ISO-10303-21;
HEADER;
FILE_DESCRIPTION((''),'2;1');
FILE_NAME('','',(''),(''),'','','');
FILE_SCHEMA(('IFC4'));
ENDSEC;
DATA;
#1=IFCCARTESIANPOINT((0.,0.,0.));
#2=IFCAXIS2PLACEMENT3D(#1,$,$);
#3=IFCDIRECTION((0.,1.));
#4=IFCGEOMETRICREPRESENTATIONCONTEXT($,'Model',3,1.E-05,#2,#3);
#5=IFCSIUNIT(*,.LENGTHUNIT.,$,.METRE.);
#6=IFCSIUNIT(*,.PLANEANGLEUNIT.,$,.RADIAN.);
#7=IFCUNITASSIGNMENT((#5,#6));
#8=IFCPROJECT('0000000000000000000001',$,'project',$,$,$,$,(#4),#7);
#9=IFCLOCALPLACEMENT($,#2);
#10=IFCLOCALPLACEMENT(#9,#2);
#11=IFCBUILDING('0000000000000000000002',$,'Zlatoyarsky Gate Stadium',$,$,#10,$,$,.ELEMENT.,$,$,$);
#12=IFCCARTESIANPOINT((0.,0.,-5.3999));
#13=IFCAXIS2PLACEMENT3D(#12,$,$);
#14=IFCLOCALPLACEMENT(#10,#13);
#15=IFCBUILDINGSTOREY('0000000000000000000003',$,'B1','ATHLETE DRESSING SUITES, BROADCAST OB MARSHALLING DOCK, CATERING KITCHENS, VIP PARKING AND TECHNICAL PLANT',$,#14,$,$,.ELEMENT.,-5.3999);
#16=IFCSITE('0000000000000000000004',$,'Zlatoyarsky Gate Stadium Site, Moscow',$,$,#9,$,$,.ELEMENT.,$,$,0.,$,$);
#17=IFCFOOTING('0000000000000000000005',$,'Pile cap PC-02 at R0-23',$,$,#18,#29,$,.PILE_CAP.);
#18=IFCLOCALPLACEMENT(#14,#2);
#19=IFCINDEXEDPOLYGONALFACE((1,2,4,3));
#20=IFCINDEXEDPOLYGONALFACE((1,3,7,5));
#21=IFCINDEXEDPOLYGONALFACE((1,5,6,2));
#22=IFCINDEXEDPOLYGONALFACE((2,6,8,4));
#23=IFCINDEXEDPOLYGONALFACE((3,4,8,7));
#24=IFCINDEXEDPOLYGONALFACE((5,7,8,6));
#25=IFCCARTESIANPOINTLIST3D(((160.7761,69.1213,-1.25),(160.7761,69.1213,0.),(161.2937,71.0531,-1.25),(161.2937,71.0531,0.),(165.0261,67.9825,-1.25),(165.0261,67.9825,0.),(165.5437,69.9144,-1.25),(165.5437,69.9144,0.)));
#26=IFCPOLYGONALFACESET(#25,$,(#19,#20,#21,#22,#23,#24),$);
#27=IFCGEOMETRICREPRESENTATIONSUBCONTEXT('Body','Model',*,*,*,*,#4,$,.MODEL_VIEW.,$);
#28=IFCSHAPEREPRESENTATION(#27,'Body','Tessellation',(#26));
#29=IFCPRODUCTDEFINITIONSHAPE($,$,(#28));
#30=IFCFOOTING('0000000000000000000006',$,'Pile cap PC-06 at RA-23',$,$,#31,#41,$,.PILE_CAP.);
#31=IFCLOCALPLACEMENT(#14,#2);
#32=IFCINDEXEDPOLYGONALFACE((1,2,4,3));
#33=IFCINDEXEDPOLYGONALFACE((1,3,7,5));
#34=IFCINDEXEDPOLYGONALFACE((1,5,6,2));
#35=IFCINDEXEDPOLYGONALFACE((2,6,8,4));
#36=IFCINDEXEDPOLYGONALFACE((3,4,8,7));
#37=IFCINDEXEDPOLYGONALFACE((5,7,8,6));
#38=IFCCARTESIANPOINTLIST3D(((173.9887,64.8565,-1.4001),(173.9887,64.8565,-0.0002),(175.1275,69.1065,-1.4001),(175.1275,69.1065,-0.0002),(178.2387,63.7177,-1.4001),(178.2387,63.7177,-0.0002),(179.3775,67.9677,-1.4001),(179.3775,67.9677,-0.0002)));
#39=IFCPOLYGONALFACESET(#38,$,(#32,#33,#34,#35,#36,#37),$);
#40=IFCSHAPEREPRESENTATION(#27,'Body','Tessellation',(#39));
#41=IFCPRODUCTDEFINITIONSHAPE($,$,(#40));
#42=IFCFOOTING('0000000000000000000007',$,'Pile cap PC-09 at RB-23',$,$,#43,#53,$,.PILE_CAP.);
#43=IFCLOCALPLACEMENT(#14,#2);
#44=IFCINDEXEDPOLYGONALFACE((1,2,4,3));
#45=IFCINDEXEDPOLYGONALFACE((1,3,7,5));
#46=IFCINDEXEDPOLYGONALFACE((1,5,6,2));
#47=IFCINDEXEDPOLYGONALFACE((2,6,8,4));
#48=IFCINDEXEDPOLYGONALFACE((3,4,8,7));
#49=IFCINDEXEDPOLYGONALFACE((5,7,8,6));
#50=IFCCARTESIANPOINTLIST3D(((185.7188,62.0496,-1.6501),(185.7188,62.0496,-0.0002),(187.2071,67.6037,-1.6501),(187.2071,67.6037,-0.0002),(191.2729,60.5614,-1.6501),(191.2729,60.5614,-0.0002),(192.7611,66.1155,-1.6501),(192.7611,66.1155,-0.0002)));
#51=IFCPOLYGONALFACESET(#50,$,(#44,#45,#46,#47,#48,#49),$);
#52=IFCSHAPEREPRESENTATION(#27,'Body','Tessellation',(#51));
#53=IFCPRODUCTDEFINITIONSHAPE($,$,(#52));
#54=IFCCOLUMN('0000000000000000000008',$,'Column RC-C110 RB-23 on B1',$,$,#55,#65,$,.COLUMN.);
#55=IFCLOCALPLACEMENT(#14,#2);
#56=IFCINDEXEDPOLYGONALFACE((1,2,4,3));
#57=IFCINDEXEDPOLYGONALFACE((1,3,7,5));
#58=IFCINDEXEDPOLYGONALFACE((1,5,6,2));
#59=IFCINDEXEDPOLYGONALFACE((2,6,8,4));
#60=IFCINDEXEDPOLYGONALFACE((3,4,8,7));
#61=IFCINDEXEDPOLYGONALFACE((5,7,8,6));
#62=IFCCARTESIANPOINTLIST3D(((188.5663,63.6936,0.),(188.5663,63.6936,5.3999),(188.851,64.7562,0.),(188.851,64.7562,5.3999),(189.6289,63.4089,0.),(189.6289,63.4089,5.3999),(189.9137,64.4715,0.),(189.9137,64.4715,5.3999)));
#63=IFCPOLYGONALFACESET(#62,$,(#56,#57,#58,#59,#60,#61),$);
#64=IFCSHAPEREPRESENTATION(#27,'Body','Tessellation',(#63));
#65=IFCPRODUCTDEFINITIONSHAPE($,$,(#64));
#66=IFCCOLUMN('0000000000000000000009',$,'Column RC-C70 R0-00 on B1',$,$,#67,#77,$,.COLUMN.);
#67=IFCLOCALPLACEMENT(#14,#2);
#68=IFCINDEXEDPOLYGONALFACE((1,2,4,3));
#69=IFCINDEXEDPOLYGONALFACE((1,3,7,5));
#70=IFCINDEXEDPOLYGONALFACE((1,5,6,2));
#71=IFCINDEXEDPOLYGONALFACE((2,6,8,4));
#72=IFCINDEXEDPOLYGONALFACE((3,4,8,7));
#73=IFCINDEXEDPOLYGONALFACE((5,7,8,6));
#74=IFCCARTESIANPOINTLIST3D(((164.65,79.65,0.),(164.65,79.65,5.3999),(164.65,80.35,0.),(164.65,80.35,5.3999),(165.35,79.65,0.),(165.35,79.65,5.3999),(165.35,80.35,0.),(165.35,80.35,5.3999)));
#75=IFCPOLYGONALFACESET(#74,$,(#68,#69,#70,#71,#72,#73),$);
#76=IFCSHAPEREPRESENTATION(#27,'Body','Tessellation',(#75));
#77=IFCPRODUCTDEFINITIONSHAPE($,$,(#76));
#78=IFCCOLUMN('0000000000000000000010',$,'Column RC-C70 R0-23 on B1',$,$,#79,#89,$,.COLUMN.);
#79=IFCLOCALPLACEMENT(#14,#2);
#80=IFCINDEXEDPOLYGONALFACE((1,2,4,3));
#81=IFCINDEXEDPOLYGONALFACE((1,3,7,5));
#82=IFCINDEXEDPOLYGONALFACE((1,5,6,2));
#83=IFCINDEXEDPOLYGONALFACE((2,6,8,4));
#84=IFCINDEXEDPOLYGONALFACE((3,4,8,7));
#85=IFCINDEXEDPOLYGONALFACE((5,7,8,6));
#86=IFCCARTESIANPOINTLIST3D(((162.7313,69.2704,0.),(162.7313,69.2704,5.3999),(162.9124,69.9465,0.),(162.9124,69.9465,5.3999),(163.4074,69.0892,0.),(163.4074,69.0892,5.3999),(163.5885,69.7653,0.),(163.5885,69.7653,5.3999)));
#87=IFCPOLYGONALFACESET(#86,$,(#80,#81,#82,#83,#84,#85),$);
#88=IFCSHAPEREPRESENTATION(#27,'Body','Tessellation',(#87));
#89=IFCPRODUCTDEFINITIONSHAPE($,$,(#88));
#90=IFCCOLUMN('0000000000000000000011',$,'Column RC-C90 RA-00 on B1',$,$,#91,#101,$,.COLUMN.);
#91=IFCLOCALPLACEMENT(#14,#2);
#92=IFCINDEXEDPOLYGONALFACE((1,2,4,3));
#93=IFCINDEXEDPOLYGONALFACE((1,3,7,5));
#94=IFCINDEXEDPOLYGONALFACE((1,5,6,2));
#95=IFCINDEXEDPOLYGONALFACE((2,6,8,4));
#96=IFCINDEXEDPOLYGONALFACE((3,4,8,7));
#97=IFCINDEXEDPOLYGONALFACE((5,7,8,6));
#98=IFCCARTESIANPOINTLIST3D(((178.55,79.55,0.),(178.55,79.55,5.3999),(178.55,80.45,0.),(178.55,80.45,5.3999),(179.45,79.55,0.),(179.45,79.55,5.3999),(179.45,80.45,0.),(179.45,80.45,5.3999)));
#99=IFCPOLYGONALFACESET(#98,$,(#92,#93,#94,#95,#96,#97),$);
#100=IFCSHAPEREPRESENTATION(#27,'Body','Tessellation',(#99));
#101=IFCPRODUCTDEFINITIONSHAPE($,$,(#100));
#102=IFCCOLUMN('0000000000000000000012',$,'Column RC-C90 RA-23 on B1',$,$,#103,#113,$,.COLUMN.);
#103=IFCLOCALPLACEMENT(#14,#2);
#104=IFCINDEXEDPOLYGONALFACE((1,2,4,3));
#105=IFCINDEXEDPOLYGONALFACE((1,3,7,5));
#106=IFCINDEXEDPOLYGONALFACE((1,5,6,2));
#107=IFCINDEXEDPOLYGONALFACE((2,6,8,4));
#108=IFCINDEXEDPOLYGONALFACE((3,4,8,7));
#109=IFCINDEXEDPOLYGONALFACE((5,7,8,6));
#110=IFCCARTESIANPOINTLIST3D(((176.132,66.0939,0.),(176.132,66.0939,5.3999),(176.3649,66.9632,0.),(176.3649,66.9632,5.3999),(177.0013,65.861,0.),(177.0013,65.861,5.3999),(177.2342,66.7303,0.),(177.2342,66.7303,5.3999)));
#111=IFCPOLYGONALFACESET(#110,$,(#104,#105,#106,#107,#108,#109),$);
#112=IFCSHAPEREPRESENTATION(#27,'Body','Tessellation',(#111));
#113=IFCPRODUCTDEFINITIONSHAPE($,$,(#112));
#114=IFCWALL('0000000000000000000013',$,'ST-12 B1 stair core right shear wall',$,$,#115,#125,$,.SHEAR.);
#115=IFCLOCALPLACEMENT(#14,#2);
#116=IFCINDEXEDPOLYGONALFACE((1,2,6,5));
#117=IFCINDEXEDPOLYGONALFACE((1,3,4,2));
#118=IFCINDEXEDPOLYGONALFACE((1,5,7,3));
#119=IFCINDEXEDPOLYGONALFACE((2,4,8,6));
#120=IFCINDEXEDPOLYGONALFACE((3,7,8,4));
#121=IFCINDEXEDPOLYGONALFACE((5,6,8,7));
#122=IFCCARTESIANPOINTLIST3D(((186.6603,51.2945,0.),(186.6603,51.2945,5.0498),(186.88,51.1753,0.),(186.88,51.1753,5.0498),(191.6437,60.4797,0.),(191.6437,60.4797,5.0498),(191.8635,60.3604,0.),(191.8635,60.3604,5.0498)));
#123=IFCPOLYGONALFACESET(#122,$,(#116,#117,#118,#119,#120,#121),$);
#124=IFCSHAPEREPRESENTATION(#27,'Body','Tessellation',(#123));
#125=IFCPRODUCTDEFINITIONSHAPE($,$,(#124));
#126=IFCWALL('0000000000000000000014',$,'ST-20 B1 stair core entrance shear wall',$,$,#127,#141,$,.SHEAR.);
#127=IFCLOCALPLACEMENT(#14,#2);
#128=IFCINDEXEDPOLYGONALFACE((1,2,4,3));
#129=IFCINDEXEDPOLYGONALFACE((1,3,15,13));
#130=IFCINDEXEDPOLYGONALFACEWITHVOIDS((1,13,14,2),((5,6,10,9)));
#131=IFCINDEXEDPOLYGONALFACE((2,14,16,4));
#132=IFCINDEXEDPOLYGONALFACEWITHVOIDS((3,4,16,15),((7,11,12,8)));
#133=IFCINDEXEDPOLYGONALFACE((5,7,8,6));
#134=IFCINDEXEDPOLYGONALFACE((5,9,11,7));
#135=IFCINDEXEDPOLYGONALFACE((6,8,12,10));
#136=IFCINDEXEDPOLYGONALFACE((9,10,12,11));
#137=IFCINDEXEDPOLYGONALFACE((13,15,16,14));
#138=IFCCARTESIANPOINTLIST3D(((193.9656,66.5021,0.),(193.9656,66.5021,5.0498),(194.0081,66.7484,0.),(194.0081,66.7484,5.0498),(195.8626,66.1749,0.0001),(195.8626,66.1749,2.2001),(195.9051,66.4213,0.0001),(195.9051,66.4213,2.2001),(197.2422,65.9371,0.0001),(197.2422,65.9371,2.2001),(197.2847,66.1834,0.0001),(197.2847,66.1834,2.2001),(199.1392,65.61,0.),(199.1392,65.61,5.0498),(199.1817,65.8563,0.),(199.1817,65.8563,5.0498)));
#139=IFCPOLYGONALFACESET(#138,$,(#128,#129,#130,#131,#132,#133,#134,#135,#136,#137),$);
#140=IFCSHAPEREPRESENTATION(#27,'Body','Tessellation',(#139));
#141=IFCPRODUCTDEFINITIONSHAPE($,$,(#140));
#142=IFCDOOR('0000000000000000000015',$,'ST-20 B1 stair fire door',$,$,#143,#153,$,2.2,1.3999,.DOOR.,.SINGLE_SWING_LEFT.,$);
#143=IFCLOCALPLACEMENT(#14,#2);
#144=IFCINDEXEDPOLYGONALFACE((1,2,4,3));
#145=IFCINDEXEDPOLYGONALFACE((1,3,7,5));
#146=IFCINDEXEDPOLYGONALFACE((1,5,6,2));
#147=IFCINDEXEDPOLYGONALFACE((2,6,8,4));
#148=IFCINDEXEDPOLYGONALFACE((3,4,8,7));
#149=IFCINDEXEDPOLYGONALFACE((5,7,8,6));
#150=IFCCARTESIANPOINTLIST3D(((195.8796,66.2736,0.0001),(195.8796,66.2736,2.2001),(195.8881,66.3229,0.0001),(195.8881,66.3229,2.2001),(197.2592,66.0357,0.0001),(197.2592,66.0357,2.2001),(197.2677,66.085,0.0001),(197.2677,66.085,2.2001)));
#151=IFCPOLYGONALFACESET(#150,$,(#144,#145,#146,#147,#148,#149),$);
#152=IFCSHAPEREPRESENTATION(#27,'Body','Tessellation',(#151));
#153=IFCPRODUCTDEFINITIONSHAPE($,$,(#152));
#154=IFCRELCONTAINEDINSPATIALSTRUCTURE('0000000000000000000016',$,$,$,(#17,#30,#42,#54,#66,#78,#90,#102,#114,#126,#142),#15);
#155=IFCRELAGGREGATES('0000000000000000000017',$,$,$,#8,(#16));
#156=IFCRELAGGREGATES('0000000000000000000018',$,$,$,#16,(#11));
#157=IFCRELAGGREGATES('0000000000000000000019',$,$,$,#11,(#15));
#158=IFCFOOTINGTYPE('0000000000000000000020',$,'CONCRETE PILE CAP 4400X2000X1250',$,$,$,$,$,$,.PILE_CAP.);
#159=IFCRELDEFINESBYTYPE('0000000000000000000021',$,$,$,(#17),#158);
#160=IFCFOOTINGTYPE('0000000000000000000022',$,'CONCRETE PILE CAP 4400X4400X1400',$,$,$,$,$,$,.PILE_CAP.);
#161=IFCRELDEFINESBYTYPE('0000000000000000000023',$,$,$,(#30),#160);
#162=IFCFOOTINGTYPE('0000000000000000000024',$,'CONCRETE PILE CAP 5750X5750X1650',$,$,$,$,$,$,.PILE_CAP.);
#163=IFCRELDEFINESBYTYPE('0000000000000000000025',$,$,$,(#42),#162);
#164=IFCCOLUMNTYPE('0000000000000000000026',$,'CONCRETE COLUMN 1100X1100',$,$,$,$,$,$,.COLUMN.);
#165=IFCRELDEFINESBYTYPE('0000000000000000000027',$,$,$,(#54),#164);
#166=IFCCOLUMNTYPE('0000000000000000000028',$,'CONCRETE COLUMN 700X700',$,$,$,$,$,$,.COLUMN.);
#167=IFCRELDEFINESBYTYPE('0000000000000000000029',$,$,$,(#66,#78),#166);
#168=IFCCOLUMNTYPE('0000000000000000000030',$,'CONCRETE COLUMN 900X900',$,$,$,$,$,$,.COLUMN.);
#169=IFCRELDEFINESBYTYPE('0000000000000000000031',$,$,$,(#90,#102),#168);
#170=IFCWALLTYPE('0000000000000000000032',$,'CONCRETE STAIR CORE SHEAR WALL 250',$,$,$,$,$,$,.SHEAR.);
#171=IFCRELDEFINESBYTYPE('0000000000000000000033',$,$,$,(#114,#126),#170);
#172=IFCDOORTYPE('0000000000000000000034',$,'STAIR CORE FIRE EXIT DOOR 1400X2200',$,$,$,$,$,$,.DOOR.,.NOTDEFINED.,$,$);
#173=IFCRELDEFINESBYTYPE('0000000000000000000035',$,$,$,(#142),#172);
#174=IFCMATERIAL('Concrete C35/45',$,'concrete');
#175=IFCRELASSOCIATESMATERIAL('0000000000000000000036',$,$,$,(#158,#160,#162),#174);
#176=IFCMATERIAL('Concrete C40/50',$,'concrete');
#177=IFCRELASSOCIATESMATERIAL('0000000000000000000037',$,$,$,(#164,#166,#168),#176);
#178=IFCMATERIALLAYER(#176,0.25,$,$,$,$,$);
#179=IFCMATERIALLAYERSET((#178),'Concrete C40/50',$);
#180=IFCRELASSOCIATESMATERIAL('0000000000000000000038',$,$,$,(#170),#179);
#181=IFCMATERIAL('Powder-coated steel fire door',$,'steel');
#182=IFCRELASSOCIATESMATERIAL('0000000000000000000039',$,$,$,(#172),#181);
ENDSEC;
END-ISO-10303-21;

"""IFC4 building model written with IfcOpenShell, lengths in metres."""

from ifc_helpers import new_model, si_unit, direction, frame, frame_2d, origin, origin_2d, place, context, subcontext, project, spatial, rectangle, extrude, material, layer, layer_set, material_profile, profile_set, type_object, element, fill, save


model = new_model("IFC4")

# Units and contexts
model_context = context("Model", 3, precision=1e-05, world=origin(), true_north=direction((0.0, 1.0)))
body_context = subcontext(model_context, "Body", "Model", "MODEL_VIEW")
ifc_project = project(units=[si_unit("LENGTHUNIT", "METRE"), si_unit("PLANEANGLEUNIT", "RADIAN")], contexts=[model_context])

# Site, building, storey
site_placement = place(None, origin())
site = spatial("IfcSite", under=ifc_project, at=site_placement, Name="Zlatoyarsky Gate Stadium Site, Moscow", CompositionType="ELEMENT", RefElevation=0.0)
building_placement = place(site_placement, origin())
building = spatial("IfcBuilding", under=site, at=building_placement, Name="Zlatoyarsky Gate Stadium", CompositionType="ELEMENT")
storey_placement = place(building_placement, frame((0.0, 0.0, -5.3999)))
storey = spatial("IfcBuildingStorey", under=building, at=storey_placement, Name="B1", Description="ATHLETE DRESSING SUITES, BROADCAST OB MARSHALLING DOCK, CATERING KITCHENS, VIP PARKING AND TECHNICAL PLANT", CompositionType="ELEMENT", Elevation=-5.3999)

# Shared definitions
ifc_material_1 = material(Name="Concrete C35/45", Category="concrete")

# Footings
footing_type_1 = type_object("IfcFootingType", Name="CONCRETE PILE CAP 4400X2000X1250", PredefinedType="PILE_CAP", material=ifc_material_1)
footing_1_placement = place(storey_placement, frame((163.1599, 69.5178, -1.25), z_axis=(0.0, 0.0, 1.0), x_axis=(0.965926, -0.258819, 0.0)))
element("IfcFooting", 1, at=footing_1_placement, inside=storey, type_object=footing_type_1, Name="Pile cap PC-02 at R0-23", PredefinedType="PILE_CAP", context=body_context, shape_type="SweptSolid", body=[
    extrude(rectangle(XDim=4.3999, YDim=2.0, at=origin_2d()), origin(), (0.0, 0.0, 1.0), 1.25),
])
footing_type_2 = type_object("IfcFootingType", Name="CONCRETE PILE CAP 4400X4400X1400", PredefinedType="PILE_CAP", material=ifc_material_1)
footing_2_placement = place(storey_placement, frame((176.6831, 66.4121, -1.4001), z_axis=(0.0, 0.0, 1.0), x_axis=(0.965926, -0.258819, 0.0)))
element("IfcFooting", 2, at=footing_2_placement, inside=storey, type_object=footing_type_2, Name="Pile cap PC-06 at RA-23", PredefinedType="PILE_CAP", context=body_context, shape_type="SweptSolid", body=[
    extrude(rectangle(XDim=4.3999, YDim=4.3999, at=origin_2d()), origin(), (0.0, 0.0, 1.0), 1.3999),
])
footing_type_3 = type_object("IfcFootingType", Name="CONCRETE PILE CAP 5750X5750X1650", PredefinedType="PILE_CAP", material=ifc_material_1)
footing_3_placement = place(storey_placement, frame((189.24, 64.0825, -1.6501), z_axis=(0.0, 0.0, 1.0), x_axis=(0.965926, -0.258819, 0.0)))
element("IfcFooting", 3, at=footing_3_placement, inside=storey, type_object=footing_type_3, Name="Pile cap PC-09 at RB-23", PredefinedType="PILE_CAP", context=body_context, shape_type="SweptSolid", body=[
    extrude(rectangle(XDim=5.75, YDim=5.75, at=origin_2d()), origin(), (0.0, 0.0, 1.0), 1.6499),
])

# Columns
ifc_material_2 = material(Name="Concrete C40/50", Category="concrete")
ifc_material_profile_1 = material_profile(ifc_material_2, rectangle(XDim=1.1001, YDim=1.1001, at=origin_2d()), Name="RC COL 1100X1100")
ifc_profile_set_1 = profile_set([ifc_material_profile_1], Name="Concrete C40/50")
column_type_1 = type_object("IfcColumnType", Name="CONCRETE COLUMN 1100X1100", PredefinedType="COLUMN", material=ifc_profile_set_1)
column_placement = place(storey_placement, frame((189.24, 64.0825, 0.0), z_axis=(0.0, 0.0, 1.0), x_axis=(0.965926, -0.258819, 0.0)))
element("IfcColumn", 4, at=column_placement, inside=storey, type_object=column_type_1, Name="Column RC-C110 RB-23 on B1", PredefinedType="COLUMN", context=body_context, shape_type="SweptSolid", body=[
    extrude(rectangle(XDim=1.1001, YDim=1.1001, at=origin_2d()), origin(), (0.0, 0.0, 1.0), 5.3999),
])
ifc_material_profile_2 = material_profile(ifc_material_2, rectangle(XDim=0.7, YDim=0.7, at=origin_2d()), Name="RC COL 700X700")
ifc_profile_set_2 = profile_set([ifc_material_profile_2], Name="Concrete C40/50")
column_type_2 = type_object("IfcColumnType", Name="CONCRETE COLUMN 700X700", PredefinedType="COLUMN", material=ifc_profile_set_2)
for number, where, z_axis, x_axis, name in (
    (5, (165.0, 80.0, 0.0), (0.0, 0.0, 1.0), (1.0, 0.0, 0.0), "Column RC-C70 R0-00 on B1"),
    (6, (163.1599, 69.5178, 0.0), (0.0, 0.0, 1.0), (0.965926, -0.258819, 0.0), "Column RC-C70 R0-23 on B1"),
):
    element("IfcColumn", number, at=place(storey_placement, frame(where, z_axis=z_axis, x_axis=x_axis)), inside=storey, type_object=column_type_2, Name=name, PredefinedType="COLUMN", context=body_context, shape_type="SweptSolid", body=[
        extrude(rectangle(XDim=0.7, YDim=0.7, at=origin_2d()), origin(), (0.0, 0.0, 1.0), 5.3999),
    ])
ifc_material_profile_3 = material_profile(ifc_material_2, rectangle(XDim=0.8999, YDim=0.8999, at=origin_2d()), Name="RC COL 900X900")
ifc_profile_set_3 = profile_set([ifc_material_profile_3], Name="Concrete C40/50")
column_type_3 = type_object("IfcColumnType", Name="CONCRETE COLUMN 900X900", PredefinedType="COLUMN", material=ifc_profile_set_3)
for number, where, z_axis, x_axis, name in (
    (7, (179.0, 80.0, 0.0), (0.0, 0.0, 1.0), (1.0, 0.0, 0.0), "Column RC-C90 RA-00 on B1"),
    (8, (176.6831, 66.4121, 0.0), (0.0, 0.0, 1.0), (0.965926, -0.258819, 0.0), "Column RC-C90 RA-23 on B1"),
):
    element("IfcColumn", number, at=place(storey_placement, frame(where, z_axis=z_axis, x_axis=x_axis)), inside=storey, type_object=column_type_3, Name=name, PredefinedType="COLUMN", context=body_context, shape_type="SweptSolid", body=[
        extrude(rectangle(XDim=0.8999, YDim=0.8999, at=origin_2d()), origin(), (0.0, 0.0, 1.0), 5.3999),
    ])

# Wall
ifc_layer_1 = layer(ifc_material_2, 0.25)
ifc_layer_set_1 = layer_set([ifc_layer_1], Name="Concrete C40/50")
wall_type_1 = type_object("IfcWallType", Name="CONCRETE STAIR CORE SHEAR WALL 250", PredefinedType="SHEAR", material=ifc_layer_set_1)
wall_1_placement = place(storey_placement, frame((191.7537, 60.4202, 0.0), z_axis=(0.0, 0.0, 1.0), x_axis=(-0.476887, -0.878965, 0.0)))
element("IfcWall", 9, at=wall_1_placement, inside=storey, type_object=wall_type_1, Name="ST-12 B1 stair core right shear wall", PredefinedType="SHEAR", context=body_context, shape_type="SweptSolid", body=[
    extrude(rectangle(XDim=10.45, YDim=0.25, at=frame_2d((5.2251, 0.0))), origin(), (0.0, 0.0, 1.0), 5.0498),
])

# Wall, opening, door
wall_2_placement = place(storey_placement, frame((193.9868, 66.6252, 0.0), z_axis=(0.0, 0.0, 1.0), x_axis=(0.985457, -0.169924, 0.0)))
wall_2 = element("IfcWall", 10, at=wall_2_placement, inside=storey, type_object=wall_type_1, Name="ST-20 B1 stair core entrance shear wall", PredefinedType="SHEAR", context=body_context, shape_type="SweptSolid", body=[
    extrude(rectangle(XDim=5.25, YDim=0.25, at=frame_2d((2.625, 0.0))), origin(), (0.0, 0.0, 1.0), 5.0498),
])
opening_1_placement = place(wall_2_placement, frame((1.925, 0.0, 0.0)))
opening_1 = element("IfcOpeningElement", 11, at=opening_1_placement, cuts=wall_2, PredefinedType="OPENING", context=body_context, shape_type="SweptSolid", body=[
    extrude(rectangle(XDim=1.3999, YDim=2.2, at=frame_2d((0.7, 1.1001))), frame((0.0, 0.135, 0.0), z_axis=(0.0, -1.0, 0.0), x_axis=(1.0, 0.0, 0.0)), (0.0, 0.0, 1.0), 0.27),
])
ifc_material_3 = material(Name="Powder-coated steel fire door", Category="steel")
door_type_1 = type_object("IfcDoorType", Name="STAIR CORE FIRE EXIT DOOR 1400X2200", OperationType="NOTDEFINED", PredefinedType="DOOR", material=ifc_material_3)
door_1_placement = place(opening_1_placement, frame((1.3999, 0.0, 0.0), z_axis=(0.0, 0.0, 1.0), x_axis=(-1.0, 0.0, 0.0)))
door_1 = element("IfcDoor", 12, at=door_1_placement, inside=storey, type_object=door_type_1, Name="ST-20 B1 stair fire door", OperationType="SINGLE_SWING_LEFT", OverallHeight=2.2, OverallWidth=1.3999, PredefinedType="DOOR", context=body_context, shape_type="SweptSolid", body=[
    extrude(rectangle(XDim=1.3999, YDim=2.2, at=frame_2d((0.7, 1.1001))), frame((0.0, 0.0249, 0.0), z_axis=(0.0, -1.0, 0.0), x_axis=(1.0, 0.0, 0.0)), (0.0, 0.0, 1.0), 0.05),
])
fill(opening_1, door_1)

save(model, "model.ifc")
